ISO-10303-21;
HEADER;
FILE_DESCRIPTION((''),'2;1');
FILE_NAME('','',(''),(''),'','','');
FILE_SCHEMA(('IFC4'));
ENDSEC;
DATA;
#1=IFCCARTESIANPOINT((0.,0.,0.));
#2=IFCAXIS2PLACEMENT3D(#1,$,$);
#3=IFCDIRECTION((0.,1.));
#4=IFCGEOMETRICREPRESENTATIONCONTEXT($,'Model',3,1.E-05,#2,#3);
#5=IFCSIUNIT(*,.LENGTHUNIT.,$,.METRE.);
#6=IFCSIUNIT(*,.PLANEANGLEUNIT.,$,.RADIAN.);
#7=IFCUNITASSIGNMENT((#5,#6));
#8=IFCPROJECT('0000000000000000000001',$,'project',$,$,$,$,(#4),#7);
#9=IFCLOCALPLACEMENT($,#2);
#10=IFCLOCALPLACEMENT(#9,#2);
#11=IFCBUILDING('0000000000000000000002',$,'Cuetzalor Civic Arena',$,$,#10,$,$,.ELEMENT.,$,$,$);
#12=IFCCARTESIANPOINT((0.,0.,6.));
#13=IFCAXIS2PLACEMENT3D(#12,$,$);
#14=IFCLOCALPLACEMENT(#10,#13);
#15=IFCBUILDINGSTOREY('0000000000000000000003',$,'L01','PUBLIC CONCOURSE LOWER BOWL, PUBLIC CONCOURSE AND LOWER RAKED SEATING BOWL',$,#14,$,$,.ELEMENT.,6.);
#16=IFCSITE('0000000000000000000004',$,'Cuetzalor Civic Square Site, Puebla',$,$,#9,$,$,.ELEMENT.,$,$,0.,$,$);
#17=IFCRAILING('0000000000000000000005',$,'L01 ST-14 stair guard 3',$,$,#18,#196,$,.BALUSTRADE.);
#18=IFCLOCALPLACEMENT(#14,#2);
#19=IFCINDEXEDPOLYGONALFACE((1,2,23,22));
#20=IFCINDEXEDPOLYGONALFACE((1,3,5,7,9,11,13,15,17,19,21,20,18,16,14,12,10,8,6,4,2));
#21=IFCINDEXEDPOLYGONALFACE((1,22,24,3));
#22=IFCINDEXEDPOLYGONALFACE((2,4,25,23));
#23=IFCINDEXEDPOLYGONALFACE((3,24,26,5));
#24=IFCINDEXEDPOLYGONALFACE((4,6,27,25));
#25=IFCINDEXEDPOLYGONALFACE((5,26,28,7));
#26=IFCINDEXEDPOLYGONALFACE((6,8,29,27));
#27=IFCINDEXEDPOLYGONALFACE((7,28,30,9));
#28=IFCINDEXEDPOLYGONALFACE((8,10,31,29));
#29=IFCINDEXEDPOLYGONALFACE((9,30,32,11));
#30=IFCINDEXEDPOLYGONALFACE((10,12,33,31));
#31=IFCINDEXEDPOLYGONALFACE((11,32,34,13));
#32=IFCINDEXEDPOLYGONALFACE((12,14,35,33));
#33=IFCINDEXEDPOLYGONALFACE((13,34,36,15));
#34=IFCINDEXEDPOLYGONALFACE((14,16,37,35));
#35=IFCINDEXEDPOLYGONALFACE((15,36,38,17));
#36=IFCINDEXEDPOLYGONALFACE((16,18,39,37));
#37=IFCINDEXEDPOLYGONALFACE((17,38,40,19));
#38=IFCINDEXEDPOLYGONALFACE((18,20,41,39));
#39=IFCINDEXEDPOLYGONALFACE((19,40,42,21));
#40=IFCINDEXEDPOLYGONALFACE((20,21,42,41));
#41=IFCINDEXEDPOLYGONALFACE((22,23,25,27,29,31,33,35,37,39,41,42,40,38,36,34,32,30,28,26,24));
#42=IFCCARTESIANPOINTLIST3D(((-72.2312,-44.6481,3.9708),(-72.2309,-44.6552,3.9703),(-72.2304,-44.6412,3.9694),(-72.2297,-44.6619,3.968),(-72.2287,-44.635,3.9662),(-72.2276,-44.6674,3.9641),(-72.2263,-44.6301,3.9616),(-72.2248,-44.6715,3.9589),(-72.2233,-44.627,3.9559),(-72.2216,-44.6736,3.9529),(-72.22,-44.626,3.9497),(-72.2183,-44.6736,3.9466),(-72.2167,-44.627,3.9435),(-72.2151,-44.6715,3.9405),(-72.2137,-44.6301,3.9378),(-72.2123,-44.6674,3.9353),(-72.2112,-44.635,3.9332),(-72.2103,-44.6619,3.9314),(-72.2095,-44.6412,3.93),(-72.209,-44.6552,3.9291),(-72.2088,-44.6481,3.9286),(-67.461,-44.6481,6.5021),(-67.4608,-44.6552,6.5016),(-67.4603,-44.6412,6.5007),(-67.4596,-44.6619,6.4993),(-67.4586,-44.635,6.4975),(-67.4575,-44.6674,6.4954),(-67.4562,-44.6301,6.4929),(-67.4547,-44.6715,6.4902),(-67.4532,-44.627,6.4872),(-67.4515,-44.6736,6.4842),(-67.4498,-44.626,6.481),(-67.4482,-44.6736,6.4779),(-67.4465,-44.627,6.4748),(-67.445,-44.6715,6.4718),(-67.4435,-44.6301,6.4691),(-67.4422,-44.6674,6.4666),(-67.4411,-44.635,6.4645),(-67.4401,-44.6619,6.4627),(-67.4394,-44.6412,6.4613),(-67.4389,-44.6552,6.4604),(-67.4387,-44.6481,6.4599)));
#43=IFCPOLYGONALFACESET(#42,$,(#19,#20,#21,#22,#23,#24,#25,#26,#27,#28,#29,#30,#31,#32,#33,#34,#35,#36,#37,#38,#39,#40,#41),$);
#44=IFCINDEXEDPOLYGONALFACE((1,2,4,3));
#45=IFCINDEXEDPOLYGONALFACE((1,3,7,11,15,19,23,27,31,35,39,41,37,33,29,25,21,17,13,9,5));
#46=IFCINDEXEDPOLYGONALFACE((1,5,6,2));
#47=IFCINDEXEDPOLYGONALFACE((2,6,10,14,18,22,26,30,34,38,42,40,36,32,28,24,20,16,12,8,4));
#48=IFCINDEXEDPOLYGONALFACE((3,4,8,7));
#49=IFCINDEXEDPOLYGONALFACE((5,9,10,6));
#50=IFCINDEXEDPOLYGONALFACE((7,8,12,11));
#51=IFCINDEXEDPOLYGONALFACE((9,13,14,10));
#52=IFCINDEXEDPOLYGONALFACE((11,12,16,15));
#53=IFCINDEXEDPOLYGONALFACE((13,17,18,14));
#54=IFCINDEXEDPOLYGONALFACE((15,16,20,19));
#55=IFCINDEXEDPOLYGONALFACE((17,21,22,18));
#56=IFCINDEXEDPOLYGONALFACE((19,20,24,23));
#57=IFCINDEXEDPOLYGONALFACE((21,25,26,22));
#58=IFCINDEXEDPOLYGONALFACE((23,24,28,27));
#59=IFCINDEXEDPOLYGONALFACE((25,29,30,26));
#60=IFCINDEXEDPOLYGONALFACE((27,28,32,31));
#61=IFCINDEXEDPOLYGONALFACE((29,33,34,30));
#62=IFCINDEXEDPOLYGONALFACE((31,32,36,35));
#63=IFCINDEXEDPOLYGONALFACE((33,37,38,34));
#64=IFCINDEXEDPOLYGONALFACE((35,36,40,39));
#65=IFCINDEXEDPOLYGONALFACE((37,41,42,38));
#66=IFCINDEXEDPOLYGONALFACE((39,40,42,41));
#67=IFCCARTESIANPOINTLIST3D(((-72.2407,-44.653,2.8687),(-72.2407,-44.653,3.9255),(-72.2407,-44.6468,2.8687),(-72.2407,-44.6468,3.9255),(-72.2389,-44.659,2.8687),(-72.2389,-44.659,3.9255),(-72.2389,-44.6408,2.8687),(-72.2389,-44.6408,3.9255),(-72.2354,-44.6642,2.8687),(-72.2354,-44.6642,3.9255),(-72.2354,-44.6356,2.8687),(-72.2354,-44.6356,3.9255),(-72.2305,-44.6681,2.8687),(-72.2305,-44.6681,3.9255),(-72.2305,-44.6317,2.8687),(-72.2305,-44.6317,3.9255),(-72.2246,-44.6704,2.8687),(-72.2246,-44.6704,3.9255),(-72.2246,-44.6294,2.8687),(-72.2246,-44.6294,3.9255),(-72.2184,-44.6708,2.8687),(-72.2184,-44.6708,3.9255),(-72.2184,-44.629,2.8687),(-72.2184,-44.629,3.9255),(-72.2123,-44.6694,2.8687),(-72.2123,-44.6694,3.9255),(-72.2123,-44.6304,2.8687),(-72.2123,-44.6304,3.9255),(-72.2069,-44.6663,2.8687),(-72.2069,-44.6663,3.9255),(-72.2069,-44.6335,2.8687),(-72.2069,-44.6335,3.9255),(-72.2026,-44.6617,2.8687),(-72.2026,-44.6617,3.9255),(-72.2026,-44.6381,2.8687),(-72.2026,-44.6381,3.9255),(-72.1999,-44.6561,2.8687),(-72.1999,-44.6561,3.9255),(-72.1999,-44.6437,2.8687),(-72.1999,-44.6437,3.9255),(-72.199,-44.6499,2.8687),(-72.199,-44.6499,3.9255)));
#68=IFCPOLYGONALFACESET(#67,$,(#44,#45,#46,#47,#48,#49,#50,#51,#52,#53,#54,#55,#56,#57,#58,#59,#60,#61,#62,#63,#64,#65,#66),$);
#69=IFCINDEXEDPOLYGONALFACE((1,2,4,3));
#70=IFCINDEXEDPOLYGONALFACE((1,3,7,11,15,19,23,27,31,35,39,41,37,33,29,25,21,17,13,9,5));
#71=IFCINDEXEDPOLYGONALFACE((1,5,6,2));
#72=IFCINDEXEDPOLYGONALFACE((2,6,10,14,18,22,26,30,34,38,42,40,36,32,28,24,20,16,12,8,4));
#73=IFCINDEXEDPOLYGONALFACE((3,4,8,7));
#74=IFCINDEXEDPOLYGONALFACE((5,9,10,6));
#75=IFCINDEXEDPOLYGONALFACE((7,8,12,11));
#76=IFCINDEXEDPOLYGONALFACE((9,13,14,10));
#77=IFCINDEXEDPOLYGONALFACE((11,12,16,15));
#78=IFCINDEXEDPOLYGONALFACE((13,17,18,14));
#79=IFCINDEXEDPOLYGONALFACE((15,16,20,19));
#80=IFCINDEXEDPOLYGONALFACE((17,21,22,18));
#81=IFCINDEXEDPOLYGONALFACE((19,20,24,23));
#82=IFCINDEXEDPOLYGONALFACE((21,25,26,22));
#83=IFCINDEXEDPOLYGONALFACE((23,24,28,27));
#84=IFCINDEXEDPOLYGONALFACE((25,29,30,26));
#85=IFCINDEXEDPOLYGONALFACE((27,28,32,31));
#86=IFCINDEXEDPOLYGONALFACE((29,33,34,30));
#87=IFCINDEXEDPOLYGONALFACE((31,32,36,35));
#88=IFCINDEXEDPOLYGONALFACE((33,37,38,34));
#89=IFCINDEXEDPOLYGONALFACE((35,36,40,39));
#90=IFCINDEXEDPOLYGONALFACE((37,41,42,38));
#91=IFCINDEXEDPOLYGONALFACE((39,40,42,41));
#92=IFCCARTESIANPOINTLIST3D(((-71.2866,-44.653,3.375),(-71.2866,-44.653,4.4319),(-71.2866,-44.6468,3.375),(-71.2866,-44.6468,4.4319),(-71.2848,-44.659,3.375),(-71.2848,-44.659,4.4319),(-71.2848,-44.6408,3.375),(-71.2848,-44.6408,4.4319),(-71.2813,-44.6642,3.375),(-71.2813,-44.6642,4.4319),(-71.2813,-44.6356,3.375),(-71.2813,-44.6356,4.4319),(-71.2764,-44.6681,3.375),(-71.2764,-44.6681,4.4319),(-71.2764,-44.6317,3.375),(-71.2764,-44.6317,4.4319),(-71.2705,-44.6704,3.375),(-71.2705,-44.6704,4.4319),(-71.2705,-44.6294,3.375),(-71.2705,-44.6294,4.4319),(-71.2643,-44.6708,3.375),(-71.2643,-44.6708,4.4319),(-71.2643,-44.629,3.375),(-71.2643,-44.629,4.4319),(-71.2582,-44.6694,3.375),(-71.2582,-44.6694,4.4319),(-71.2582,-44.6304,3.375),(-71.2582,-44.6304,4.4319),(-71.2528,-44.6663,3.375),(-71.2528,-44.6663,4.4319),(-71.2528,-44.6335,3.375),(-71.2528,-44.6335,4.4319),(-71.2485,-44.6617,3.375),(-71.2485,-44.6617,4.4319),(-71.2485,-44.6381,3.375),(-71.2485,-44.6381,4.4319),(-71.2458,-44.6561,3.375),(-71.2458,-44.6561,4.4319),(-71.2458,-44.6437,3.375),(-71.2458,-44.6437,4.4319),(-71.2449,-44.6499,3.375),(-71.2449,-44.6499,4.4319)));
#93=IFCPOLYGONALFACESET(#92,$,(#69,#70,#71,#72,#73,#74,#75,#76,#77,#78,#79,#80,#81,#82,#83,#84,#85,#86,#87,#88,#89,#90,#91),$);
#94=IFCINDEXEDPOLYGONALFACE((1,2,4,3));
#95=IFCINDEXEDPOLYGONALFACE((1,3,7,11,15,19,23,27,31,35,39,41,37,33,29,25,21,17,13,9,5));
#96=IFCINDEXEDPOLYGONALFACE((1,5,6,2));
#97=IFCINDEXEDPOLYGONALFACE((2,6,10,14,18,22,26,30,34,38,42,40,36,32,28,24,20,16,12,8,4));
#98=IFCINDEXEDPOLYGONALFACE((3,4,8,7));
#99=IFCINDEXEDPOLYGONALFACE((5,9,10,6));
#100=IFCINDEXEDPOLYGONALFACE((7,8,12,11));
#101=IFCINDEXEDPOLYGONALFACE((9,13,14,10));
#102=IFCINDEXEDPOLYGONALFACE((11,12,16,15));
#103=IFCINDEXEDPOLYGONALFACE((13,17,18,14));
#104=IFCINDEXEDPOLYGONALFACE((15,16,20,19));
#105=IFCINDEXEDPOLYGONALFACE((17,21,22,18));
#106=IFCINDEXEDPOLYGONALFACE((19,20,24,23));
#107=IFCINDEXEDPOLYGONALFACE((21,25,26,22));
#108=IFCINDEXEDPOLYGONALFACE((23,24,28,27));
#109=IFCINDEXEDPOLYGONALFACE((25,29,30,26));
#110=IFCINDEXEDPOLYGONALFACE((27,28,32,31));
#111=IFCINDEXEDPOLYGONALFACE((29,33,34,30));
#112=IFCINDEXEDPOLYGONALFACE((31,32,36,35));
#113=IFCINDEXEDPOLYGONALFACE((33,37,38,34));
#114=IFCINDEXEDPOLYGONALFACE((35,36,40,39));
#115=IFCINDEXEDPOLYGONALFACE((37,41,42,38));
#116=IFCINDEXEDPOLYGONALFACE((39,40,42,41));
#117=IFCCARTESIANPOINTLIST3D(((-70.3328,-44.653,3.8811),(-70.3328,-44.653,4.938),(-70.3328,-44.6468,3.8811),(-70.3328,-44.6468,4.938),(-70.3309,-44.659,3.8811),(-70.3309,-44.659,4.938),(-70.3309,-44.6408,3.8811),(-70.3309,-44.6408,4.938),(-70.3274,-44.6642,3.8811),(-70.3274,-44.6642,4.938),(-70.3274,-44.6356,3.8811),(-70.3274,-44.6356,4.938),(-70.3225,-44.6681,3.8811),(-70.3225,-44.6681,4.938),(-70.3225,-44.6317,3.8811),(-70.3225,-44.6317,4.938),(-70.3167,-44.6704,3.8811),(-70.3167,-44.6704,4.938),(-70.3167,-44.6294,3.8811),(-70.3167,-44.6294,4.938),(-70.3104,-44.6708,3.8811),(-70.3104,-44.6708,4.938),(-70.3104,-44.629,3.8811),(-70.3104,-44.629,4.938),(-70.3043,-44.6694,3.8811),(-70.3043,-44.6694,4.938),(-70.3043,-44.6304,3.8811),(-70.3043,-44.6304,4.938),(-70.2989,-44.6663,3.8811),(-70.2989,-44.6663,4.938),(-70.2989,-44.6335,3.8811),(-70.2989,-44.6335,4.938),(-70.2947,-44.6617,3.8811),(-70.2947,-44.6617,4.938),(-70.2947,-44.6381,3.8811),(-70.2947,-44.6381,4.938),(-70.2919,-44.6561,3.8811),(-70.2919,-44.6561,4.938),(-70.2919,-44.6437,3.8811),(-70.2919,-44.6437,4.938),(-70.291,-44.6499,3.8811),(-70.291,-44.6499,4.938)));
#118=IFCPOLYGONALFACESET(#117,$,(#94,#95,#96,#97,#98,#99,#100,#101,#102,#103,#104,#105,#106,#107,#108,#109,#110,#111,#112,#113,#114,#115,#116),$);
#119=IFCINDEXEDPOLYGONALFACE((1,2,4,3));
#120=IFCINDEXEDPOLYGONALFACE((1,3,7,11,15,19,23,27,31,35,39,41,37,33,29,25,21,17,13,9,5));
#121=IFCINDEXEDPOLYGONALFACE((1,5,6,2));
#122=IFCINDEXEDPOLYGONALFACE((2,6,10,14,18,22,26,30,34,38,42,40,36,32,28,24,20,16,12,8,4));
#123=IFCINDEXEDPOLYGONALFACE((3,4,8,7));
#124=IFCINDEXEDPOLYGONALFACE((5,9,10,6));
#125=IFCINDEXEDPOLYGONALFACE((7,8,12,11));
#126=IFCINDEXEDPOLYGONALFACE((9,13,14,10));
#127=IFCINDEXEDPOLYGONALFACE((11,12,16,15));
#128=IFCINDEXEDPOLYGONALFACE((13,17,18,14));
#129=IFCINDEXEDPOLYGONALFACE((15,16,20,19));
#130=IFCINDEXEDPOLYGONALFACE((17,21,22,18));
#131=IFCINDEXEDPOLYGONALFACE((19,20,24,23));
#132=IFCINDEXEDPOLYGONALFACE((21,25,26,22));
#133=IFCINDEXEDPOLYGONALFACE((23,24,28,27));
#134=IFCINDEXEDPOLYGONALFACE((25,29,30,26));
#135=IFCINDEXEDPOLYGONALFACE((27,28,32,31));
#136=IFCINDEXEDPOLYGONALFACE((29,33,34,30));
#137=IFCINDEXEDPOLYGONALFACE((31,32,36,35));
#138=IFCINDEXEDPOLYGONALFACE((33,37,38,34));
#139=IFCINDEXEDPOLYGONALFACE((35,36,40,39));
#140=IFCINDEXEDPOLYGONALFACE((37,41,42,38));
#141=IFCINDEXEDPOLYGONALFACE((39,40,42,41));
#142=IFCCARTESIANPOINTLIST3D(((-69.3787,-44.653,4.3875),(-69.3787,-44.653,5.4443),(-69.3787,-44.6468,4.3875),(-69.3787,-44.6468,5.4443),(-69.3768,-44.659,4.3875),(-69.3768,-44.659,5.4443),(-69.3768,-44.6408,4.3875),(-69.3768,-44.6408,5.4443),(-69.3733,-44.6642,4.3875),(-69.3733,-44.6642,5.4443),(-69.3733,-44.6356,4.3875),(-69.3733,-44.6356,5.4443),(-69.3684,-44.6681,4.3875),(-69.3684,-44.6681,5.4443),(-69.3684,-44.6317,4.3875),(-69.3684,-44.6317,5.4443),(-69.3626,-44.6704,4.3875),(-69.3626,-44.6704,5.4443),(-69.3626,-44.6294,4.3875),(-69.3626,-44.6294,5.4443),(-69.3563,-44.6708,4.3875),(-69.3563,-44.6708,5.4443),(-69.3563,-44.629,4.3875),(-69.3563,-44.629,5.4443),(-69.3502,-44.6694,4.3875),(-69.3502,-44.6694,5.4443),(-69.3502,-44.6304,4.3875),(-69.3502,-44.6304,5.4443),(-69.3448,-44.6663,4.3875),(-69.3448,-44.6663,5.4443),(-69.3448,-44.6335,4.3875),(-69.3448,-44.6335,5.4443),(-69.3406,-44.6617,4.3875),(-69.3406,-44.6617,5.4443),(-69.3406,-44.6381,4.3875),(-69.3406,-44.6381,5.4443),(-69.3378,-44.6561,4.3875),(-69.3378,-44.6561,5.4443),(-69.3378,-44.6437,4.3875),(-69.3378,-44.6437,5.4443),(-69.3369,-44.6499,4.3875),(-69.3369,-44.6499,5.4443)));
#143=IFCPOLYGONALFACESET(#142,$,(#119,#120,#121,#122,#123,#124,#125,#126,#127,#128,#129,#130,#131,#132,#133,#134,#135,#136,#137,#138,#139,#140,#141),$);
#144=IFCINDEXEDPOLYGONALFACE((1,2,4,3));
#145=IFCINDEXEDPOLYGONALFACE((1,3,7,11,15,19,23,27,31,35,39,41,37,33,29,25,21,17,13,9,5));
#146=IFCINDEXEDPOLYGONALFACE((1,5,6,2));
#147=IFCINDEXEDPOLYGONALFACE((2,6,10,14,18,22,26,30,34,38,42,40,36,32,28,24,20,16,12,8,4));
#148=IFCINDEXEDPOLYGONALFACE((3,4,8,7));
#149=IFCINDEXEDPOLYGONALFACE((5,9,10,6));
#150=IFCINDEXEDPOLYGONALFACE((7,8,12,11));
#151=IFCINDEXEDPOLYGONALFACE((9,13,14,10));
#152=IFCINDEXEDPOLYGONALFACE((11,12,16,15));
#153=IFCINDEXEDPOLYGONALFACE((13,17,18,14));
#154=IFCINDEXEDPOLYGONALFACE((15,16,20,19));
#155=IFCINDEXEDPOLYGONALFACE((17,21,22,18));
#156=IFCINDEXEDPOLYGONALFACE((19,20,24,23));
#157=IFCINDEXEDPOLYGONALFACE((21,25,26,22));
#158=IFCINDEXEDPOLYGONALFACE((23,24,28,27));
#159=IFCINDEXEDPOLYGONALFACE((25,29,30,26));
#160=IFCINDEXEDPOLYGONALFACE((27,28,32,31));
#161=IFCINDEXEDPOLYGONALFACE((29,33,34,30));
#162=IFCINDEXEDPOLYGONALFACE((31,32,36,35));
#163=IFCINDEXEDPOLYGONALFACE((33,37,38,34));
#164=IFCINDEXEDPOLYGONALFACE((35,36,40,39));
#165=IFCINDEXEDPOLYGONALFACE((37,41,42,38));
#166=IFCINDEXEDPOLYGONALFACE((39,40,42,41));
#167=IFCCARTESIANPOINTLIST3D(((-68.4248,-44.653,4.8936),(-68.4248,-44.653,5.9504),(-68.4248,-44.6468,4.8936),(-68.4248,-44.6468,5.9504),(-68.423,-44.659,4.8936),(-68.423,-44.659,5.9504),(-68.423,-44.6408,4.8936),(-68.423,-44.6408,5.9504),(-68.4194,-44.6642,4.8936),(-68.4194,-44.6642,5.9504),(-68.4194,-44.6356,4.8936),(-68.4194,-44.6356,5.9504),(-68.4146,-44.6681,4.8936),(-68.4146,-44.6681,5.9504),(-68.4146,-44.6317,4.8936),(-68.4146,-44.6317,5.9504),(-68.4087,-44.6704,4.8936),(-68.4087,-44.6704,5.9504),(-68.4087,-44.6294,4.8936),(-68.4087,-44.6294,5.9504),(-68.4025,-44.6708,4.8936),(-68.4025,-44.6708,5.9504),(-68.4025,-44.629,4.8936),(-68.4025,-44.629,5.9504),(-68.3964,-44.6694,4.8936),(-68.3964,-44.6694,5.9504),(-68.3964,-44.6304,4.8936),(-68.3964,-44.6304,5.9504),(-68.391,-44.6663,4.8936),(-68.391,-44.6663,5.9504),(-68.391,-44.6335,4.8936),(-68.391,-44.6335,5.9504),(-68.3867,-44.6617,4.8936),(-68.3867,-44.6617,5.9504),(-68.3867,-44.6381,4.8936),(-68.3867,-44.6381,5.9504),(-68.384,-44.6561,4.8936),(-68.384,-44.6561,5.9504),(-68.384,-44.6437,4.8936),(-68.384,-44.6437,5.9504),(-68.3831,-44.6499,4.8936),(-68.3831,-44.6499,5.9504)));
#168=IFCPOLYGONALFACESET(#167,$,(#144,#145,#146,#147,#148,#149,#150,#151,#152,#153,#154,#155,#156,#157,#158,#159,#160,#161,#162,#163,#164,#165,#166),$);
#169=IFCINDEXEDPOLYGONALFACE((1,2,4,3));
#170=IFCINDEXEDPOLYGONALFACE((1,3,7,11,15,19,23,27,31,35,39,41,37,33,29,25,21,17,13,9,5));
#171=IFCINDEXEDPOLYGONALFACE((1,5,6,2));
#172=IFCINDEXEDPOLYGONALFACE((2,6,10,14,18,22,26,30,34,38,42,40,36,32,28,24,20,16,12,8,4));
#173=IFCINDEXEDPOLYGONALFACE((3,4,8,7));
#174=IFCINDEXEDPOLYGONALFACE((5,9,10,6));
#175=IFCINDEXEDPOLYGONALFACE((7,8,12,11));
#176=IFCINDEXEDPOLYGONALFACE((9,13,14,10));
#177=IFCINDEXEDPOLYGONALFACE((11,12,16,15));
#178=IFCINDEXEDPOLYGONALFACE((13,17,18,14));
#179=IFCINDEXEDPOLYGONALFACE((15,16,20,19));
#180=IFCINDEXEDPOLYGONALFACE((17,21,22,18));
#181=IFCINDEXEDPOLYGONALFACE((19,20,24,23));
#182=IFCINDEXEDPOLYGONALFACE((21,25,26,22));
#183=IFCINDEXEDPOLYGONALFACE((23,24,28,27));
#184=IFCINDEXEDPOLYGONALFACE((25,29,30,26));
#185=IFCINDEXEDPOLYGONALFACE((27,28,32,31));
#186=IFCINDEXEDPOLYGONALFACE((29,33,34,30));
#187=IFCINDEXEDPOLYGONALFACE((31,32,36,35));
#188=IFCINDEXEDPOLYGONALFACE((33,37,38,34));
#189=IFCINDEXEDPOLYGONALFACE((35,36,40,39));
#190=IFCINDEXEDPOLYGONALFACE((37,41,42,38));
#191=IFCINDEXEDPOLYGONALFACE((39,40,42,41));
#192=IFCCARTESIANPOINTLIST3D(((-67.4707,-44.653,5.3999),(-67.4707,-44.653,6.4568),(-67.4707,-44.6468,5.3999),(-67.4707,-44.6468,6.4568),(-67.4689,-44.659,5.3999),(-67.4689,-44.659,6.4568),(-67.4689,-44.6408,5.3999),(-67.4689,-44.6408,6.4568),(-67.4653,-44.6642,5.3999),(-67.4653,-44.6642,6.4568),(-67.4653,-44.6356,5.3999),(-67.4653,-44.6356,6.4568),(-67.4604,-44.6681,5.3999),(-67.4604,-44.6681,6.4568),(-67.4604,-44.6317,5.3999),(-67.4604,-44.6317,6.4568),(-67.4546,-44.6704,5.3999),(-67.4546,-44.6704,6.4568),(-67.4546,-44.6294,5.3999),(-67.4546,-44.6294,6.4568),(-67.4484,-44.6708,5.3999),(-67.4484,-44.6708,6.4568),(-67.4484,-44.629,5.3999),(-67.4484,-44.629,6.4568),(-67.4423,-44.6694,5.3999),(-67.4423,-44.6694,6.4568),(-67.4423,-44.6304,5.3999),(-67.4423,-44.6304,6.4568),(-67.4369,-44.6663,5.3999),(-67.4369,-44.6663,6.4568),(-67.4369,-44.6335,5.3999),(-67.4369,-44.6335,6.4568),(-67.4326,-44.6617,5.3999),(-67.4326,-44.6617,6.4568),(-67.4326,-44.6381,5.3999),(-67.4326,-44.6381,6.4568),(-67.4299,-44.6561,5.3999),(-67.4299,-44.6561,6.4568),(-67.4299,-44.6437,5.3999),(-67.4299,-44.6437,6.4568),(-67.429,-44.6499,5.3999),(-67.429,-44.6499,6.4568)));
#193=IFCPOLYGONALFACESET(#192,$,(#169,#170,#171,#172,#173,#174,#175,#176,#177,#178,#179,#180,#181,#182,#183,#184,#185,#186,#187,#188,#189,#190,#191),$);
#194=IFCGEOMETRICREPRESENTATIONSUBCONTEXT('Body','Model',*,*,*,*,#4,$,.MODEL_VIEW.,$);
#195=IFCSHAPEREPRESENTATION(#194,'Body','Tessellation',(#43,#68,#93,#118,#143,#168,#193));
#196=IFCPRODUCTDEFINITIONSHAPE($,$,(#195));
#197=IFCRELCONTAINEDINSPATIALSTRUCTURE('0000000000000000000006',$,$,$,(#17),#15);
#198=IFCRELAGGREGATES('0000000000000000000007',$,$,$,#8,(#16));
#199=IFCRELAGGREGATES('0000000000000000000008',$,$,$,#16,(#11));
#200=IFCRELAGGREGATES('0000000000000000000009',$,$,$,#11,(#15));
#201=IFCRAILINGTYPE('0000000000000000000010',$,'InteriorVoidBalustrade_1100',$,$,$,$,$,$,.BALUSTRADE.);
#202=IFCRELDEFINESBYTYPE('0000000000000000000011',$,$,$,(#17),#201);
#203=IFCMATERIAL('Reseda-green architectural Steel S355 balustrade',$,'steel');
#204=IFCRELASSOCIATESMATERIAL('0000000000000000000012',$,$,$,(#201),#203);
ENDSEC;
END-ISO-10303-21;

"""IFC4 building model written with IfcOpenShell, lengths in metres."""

from ifc_helpers import new_model, si_unit, direction, frame, origin, origin_2d, place, context, subcontext, project, spatial, circle, extrude, material, type_object, element, save


model = new_model("IFC4")

# Units and contexts
model_context = context("Model", 3, precision=1e-05, world=origin(), true_north=direction((0.0, 1.0)))
body_context = subcontext(model_context, "Body", "Model", "MODEL_VIEW")
ifc_project = project(units=[si_unit("LENGTHUNIT", "METRE"), si_unit("PLANEANGLEUNIT", "RADIAN")], contexts=[model_context])

# Site, building, storey
site_placement = place(None, origin())
site = spatial("IfcSite", under=ifc_project, at=site_placement, Name="Cuetzalor Civic Square Site, Puebla", CompositionType="ELEMENT", RefElevation=0.0)
building_placement = place(site_placement, origin())
building = spatial("IfcBuilding", under=site, at=building_placement, Name="Cuetzalor Civic Arena", CompositionType="ELEMENT")
storey_placement = place(building_placement, frame((0.0, 0.0, 6.0)))
storey = spatial("IfcBuildingStorey", under=building, at=storey_placement, Name="L01", Description="PUBLIC CONCOURSE LOWER BOWL, PUBLIC CONCOURSE AND LOWER RAKED SEATING BOWL", CompositionType="ELEMENT", Elevation=6.0)

# Railing
ifc_material_1 = material(Name="Reseda-green architectural Steel S355 balustrade", Category="steel")
railing_type_1 = type_object("IfcRailingType", Name="InteriorVoidBalustrade_1100", PredefinedType="BALUSTRADE", material=ifc_material_1)
railing_1_placement = place(storey_placement, frame((-72.22, -44.6499, 2.8687)))
element("IfcRailing", 1, at=railing_1_placement, inside=storey, type_object=railing_type_1, Name="L01 ST-14 stair guard 3", PredefinedType="BALUSTRADE", context=body_context, shape_type="SweptSolid", body=[
    extrude(circle(Radius=0.0239, at=origin_2d()), frame((0.0, 0.0, 1.0811), z_axis=(0.883332, 0.0, 0.468747), x_axis=(0.0, 1.0, 0.0)), (0.0, 0.0, 1.0), 5.4001),
    extrude(circle(Radius=0.021, at=origin_2d()), origin(), (0.0, 0.0, 1.0), 1.0569),
    extrude(circle(Radius=0.021, at=origin_2d()), frame((0.9541, 0.0, 0.5063)), (0.0, 0.0, 1.0), 1.0569),
    extrude(circle(Radius=0.021, at=origin_2d()), frame((1.908, 0.0, 1.0125)), (0.0, 0.0, 1.0), 1.0569),
    extrude(circle(Radius=0.021, at=origin_2d()), frame((2.8621, 0.0, 1.5188)), (0.0, 0.0, 1.0), 1.0569),
    extrude(circle(Radius=0.021, at=origin_2d()), frame((3.8159, 0.0, 2.0249)), (0.0, 0.0, 1.0), 1.0569),
    extrude(circle(Radius=0.021, at=origin_2d()), frame((4.77, 0.0, 2.5312)), (0.0, 0.0, 1.0), 1.0569),
])

save(model, "model.ifc")
